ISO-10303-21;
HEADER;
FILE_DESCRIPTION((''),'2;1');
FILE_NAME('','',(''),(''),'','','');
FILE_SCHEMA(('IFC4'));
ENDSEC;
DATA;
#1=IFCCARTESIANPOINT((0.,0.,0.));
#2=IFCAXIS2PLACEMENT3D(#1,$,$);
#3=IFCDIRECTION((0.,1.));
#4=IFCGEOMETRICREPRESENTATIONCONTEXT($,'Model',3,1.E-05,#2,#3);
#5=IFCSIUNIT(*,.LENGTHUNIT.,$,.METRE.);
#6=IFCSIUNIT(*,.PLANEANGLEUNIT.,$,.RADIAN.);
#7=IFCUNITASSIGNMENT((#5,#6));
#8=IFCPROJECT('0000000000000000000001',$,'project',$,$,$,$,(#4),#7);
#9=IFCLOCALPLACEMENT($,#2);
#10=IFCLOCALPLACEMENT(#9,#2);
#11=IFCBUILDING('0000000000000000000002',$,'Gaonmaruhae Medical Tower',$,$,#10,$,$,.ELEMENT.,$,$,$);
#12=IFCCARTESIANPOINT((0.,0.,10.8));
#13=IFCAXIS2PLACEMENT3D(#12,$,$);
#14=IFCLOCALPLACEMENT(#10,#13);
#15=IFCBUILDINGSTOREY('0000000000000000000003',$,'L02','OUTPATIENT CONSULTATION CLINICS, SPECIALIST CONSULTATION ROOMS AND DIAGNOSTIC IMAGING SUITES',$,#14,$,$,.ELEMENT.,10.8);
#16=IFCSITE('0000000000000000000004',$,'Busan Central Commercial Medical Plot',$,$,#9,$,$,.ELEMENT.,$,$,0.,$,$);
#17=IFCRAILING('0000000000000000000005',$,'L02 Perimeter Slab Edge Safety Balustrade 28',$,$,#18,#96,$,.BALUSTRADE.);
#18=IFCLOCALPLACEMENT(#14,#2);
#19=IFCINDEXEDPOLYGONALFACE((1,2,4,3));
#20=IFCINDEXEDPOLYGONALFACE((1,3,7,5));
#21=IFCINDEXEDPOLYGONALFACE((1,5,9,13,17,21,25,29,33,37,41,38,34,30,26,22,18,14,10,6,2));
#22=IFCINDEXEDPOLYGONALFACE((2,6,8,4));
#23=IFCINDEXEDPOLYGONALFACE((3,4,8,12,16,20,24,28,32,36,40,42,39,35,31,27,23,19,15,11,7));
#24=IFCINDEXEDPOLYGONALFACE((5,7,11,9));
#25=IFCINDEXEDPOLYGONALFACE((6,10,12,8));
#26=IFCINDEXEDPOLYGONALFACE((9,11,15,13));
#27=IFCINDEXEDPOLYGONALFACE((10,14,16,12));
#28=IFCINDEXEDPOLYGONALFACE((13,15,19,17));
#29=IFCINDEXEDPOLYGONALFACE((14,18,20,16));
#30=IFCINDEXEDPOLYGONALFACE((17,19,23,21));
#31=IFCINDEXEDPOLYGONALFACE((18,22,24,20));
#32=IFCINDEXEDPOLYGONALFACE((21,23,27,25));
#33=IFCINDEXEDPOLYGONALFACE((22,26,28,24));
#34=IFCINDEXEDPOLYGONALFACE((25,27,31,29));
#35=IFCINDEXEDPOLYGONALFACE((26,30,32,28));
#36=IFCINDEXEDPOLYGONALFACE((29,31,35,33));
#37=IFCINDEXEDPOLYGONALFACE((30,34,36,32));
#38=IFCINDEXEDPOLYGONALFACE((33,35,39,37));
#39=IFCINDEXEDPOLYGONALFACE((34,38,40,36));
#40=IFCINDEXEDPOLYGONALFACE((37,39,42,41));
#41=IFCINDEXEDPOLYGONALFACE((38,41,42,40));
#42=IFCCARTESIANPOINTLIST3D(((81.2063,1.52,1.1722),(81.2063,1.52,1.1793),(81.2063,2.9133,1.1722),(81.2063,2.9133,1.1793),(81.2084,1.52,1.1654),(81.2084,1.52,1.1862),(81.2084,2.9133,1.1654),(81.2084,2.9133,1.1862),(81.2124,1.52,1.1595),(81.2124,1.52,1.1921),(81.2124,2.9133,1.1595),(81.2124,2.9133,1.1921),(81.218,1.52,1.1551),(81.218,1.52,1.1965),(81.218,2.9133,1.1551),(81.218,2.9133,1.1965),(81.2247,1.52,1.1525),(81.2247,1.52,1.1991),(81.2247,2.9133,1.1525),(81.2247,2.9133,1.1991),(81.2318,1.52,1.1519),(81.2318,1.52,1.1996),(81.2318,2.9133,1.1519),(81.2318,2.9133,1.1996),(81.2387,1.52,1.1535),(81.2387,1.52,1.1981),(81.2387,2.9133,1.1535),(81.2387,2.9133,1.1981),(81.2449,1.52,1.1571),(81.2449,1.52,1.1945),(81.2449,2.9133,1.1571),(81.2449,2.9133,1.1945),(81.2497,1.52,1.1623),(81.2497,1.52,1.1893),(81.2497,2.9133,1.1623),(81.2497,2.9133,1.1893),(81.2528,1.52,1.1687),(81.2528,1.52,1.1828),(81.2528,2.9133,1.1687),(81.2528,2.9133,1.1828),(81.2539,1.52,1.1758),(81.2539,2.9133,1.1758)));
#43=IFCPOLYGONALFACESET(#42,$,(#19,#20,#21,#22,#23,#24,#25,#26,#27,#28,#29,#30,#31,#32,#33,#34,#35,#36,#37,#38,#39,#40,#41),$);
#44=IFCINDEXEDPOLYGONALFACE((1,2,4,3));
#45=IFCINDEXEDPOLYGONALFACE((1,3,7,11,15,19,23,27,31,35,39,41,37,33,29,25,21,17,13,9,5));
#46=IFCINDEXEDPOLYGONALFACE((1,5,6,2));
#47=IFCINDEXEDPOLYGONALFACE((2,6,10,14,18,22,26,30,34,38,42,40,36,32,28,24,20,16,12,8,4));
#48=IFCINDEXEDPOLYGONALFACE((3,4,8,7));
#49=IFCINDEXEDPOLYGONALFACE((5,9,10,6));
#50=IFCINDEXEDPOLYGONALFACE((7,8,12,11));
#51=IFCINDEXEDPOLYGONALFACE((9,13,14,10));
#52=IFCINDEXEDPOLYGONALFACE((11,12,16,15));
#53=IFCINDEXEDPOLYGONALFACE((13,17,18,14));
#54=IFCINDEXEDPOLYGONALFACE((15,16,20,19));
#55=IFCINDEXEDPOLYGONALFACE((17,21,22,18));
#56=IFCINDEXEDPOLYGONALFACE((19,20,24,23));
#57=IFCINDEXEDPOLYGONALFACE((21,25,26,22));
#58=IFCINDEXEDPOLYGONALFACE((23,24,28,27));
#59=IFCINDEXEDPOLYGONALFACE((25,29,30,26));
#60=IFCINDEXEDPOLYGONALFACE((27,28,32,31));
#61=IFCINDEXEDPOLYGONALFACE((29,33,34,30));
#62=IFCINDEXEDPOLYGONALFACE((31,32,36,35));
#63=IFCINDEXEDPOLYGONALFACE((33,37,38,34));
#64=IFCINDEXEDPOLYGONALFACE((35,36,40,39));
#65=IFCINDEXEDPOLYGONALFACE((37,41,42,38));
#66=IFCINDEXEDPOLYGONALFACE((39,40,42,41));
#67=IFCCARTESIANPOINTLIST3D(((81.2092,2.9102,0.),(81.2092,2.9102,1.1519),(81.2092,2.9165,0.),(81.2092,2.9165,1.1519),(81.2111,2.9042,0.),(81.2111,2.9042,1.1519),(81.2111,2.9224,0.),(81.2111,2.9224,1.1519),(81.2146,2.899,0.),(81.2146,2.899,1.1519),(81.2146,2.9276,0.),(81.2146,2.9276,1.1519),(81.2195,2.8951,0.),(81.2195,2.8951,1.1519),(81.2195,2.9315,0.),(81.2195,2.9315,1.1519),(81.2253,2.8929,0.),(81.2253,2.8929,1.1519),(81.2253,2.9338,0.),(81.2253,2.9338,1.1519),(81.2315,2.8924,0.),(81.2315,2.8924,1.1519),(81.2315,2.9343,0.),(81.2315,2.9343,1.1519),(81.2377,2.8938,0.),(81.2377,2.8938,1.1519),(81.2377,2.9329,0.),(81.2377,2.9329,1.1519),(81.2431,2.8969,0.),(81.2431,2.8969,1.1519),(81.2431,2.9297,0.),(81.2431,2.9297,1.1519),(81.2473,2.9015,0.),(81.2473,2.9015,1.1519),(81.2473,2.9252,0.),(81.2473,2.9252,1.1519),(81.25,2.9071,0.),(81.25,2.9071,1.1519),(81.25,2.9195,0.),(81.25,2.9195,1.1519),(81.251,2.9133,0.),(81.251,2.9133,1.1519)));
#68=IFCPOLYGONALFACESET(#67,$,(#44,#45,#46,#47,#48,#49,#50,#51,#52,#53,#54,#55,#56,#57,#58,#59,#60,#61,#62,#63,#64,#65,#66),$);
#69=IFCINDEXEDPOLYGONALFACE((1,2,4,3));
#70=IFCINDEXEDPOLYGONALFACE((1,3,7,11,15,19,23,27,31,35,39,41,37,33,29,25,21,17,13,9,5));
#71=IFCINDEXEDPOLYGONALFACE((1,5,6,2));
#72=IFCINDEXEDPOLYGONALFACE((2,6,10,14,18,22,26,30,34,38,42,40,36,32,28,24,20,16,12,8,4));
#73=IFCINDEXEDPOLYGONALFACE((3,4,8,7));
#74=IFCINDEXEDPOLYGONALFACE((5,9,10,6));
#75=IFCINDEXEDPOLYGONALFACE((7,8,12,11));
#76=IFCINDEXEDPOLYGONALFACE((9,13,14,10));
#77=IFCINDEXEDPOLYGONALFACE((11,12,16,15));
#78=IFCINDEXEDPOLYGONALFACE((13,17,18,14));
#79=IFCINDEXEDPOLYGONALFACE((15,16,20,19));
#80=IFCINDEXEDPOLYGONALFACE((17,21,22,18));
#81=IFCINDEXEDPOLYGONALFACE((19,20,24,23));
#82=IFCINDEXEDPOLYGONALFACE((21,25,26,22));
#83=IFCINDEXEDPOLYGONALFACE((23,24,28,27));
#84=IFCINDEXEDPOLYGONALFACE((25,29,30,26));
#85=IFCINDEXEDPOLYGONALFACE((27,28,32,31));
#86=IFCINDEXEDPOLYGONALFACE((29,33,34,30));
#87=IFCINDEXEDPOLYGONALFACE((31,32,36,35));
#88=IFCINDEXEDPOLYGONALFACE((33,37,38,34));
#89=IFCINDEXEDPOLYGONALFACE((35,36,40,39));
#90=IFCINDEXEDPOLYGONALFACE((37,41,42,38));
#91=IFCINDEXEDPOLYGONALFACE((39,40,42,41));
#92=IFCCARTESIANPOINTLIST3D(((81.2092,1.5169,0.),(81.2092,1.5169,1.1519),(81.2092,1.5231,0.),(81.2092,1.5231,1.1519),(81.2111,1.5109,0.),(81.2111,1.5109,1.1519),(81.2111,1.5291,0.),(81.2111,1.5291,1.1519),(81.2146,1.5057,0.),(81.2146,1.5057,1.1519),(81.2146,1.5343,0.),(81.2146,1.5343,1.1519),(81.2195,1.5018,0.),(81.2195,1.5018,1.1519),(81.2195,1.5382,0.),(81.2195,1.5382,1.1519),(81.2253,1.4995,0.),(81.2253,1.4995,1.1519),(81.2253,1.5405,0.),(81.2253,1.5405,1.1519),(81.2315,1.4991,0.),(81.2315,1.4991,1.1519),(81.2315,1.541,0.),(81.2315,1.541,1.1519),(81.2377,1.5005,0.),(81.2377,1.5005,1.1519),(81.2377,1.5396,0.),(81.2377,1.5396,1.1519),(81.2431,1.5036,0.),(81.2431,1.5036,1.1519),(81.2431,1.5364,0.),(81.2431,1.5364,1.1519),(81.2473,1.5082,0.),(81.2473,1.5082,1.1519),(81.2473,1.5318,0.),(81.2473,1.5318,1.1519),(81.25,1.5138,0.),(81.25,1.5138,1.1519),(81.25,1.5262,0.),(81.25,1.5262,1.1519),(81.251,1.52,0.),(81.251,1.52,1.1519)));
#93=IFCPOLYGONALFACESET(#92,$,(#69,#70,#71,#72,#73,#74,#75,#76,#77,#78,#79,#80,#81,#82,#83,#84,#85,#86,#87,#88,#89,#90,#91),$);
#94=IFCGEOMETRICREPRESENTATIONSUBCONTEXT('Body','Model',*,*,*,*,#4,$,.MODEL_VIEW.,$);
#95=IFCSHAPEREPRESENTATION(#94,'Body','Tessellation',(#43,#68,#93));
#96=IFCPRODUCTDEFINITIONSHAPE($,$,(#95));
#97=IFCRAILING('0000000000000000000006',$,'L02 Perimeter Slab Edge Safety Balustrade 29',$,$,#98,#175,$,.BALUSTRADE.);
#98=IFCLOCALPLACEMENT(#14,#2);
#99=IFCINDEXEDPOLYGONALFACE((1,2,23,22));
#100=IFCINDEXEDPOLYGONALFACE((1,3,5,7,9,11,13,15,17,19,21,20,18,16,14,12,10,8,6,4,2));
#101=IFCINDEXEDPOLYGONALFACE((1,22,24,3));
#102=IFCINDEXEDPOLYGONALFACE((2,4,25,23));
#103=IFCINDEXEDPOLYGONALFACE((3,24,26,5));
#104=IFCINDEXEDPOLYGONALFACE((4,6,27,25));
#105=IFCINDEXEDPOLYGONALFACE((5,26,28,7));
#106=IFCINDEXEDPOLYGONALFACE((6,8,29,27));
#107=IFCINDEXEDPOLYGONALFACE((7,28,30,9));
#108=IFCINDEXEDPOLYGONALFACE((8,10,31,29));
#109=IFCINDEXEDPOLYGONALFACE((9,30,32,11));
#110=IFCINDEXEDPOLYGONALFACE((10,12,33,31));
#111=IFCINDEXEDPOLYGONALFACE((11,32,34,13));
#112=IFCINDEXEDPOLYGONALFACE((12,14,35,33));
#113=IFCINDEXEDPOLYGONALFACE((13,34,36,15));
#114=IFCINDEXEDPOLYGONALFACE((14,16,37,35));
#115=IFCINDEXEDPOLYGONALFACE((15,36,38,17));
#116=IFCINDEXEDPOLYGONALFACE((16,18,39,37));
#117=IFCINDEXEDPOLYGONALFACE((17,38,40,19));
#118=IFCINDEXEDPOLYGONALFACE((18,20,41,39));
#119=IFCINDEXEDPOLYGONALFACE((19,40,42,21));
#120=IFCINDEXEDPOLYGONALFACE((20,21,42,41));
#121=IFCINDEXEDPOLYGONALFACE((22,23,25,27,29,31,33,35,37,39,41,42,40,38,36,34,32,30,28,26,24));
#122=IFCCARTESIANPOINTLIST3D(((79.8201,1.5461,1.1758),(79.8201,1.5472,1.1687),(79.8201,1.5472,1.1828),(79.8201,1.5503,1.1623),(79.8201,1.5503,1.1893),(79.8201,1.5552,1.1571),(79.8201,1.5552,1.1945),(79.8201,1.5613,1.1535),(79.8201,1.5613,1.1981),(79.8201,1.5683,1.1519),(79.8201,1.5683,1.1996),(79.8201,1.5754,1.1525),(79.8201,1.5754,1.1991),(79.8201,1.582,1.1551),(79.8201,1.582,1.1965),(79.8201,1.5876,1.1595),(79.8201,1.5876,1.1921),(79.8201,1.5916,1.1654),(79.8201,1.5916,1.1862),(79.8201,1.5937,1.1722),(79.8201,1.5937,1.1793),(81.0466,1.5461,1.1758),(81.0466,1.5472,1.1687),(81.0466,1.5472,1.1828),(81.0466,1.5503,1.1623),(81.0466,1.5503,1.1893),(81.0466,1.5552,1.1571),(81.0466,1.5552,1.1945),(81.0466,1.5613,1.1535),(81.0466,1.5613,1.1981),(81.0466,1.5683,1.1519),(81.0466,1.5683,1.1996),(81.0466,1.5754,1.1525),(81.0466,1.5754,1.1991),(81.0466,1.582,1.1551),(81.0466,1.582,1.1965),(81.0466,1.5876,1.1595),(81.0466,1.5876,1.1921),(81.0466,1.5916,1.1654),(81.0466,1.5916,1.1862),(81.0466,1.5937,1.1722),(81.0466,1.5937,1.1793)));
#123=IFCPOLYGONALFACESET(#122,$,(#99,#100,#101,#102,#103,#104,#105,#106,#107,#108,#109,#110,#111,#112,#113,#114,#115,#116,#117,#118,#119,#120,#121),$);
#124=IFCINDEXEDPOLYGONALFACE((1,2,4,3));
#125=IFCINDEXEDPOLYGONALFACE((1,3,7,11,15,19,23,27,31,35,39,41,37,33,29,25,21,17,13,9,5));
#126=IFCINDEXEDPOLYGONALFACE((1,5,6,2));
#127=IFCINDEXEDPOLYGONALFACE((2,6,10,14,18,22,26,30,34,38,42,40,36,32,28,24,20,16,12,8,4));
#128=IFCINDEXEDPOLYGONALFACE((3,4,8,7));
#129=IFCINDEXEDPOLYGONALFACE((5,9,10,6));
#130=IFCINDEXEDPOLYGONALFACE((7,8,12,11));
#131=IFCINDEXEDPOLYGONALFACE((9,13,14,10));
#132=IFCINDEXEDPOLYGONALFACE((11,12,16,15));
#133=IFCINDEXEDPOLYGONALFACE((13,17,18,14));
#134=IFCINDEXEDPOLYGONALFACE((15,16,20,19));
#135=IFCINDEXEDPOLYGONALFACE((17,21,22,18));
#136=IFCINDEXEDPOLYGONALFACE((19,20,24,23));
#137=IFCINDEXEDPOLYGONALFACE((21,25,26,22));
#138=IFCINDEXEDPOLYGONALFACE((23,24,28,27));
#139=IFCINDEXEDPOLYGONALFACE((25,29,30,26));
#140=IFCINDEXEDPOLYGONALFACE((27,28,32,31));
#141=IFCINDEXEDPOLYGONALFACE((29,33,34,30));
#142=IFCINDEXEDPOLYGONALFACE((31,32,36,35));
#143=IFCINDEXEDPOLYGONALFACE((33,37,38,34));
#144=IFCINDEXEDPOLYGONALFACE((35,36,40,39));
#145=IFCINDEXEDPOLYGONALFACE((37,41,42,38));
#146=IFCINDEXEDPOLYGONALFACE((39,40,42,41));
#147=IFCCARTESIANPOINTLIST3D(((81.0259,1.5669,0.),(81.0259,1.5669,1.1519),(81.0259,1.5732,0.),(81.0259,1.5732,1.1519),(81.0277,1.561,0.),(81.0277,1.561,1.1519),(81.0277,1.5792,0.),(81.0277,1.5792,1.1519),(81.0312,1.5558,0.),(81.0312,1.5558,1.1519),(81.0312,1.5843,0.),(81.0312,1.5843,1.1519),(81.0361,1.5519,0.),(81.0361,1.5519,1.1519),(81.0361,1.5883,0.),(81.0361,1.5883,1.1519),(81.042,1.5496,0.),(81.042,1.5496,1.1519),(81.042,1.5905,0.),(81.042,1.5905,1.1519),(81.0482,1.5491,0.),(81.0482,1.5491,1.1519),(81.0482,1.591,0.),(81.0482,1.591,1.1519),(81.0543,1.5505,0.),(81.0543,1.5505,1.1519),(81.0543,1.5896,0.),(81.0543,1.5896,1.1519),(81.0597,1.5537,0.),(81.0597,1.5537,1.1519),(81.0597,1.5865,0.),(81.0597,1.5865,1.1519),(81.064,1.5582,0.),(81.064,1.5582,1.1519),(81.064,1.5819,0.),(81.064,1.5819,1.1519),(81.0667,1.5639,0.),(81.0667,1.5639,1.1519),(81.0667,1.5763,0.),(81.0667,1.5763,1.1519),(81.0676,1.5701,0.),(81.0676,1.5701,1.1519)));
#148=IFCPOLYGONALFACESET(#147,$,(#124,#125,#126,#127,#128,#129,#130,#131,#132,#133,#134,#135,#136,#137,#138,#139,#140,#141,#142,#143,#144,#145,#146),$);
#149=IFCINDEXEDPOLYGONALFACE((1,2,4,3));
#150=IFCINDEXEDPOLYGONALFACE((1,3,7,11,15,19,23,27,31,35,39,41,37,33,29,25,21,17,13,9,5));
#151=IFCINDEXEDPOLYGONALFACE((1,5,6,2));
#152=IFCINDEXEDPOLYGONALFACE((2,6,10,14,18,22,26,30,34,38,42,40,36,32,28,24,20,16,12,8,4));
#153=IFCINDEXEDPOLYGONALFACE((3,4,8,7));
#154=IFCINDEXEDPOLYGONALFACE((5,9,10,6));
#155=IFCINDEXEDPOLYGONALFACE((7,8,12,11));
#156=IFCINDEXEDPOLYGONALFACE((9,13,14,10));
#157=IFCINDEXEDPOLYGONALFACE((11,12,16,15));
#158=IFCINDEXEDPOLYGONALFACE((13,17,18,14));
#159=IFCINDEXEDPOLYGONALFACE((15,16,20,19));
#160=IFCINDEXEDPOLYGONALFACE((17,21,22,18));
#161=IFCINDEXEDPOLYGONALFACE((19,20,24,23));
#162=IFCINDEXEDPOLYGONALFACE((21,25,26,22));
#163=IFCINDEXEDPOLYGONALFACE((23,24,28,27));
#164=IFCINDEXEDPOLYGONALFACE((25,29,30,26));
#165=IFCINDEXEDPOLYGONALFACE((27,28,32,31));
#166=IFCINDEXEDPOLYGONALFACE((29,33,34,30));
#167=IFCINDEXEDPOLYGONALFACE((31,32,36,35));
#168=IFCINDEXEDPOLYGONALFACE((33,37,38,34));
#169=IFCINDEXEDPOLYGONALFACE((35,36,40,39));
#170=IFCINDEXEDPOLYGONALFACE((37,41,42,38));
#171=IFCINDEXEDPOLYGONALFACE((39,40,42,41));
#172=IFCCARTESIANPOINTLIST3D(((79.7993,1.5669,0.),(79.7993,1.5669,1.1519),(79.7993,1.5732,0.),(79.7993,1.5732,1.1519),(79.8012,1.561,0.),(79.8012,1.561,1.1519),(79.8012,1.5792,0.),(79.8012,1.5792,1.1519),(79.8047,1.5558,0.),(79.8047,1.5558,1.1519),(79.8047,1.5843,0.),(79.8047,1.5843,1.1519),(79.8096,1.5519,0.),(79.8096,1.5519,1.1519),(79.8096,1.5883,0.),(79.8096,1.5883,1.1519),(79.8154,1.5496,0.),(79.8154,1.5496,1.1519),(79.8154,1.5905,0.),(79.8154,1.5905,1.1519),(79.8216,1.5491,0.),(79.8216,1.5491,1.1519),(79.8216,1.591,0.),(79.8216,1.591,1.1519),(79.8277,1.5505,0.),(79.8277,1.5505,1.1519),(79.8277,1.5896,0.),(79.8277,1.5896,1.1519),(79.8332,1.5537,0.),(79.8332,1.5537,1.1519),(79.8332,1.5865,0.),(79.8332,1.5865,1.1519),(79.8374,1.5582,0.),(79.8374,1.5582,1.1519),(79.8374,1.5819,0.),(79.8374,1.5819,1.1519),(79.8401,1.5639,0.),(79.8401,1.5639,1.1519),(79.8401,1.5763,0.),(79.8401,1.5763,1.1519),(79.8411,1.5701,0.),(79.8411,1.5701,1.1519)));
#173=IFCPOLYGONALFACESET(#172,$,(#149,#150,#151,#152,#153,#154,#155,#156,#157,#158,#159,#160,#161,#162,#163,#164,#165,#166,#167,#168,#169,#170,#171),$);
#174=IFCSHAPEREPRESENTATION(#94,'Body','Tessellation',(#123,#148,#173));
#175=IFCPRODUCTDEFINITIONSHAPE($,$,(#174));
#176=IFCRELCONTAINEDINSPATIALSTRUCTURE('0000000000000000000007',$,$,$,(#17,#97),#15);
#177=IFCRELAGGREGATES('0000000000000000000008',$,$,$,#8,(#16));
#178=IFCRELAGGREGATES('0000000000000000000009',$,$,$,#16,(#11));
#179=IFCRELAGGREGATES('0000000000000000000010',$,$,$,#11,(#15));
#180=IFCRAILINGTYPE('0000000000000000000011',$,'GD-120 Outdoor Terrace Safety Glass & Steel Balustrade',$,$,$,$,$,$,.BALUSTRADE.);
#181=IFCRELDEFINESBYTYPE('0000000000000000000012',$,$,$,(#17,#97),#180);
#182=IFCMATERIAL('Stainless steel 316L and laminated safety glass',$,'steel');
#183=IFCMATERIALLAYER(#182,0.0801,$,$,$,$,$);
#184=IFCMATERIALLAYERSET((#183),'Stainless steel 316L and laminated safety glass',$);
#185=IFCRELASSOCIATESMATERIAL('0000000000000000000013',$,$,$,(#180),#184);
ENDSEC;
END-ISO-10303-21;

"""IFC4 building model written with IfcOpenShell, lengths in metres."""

from ifc_helpers import new_model, si_unit, direction, frame, origin, origin_2d, place, context, subcontext, project, spatial, circle, extrude, material, layer, layer_set, type_object, element, save


model = new_model("IFC4")

# Units and contexts
model_context = context("Model", 3, precision=1e-05, world=origin(), true_north=direction((0.0, 1.0)))
body_context = subcontext(model_context, "Body", "Model", "MODEL_VIEW")
ifc_project = project(units=[si_unit("LENGTHUNIT", "METRE"), si_unit("PLANEANGLEUNIT", "RADIAN")], contexts=[model_context])

# Site, building, storey
site_placement = place(None, origin())
site = spatial("IfcSite", under=ifc_project, at=site_placement, Name="Busan Central Commercial Medical Plot", CompositionType="ELEMENT", RefElevation=0.0)
building_placement = place(site_placement, origin())
building = spatial("IfcBuilding", under=site, at=building_placement, Name="Gaonmaruhae Medical Tower", CompositionType="ELEMENT")
storey_placement = place(building_placement, frame((0.0, 0.0, 10.8)))
storey = spatial("IfcBuildingStorey", under=building, at=storey_placement, Name="L02", Description="OUTPATIENT CONSULTATION CLINICS, SPECIALIST CONSULTATION ROOMS AND DIAGNOSTIC IMAGING SUITES", CompositionType="ELEMENT", Elevation=10.8)

# Railings
ifc_material_1 = material(Name="Stainless steel 316L and laminated safety glass", Category="steel")
ifc_layer_1 = layer(ifc_material_1, 0.0801)
ifc_layer_set_1 = layer_set([ifc_layer_1], Name="Stainless steel 316L and laminated safety glass")
railing_type = type_object("IfcRailingType", Name="GD-120 Outdoor Terrace Safety Glass & Steel Balustrade", PredefinedType="BALUSTRADE", material=ifc_layer_set_1)
railing_1_placement = place(storey_placement, frame((81.23, 2.9133, 0.0)))
element("IfcRailing", 1, at=railing_1_placement, inside=storey, type_object=railing_type, Name="L02 Perimeter Slab Edge Safety Balustrade 28", PredefinedType="BALUSTRADE", context=body_context, shape_type="SweptSolid", body=[
    extrude(circle(Radius=0.0239, at=origin_2d()), frame((0.0, 0.0, 1.1758), z_axis=(0.0, -1.0, 0.0), x_axis=(1.0, 0.0, 0.0)), (0.0, 0.0, 1.0), 1.3933),
    extrude(circle(Radius=0.021, at=origin_2d()), origin(), (0.0, 0.0, 1.0), 1.1519),
    extrude(circle(Radius=0.021, at=origin_2d()), frame((0.0, -1.3933, 0.0)), (0.0, 0.0, 1.0), 1.1519),
])
railing_2_placement = place(storey_placement, frame((81.0466, 1.5701, 0.0)))
element("IfcRailing", 2, at=railing_2_placement, inside=storey, type_object=railing_type, Name="L02 Perimeter Slab Edge Safety Balustrade 29", PredefinedType="BALUSTRADE", context=body_context, shape_type="SweptSolid", body=[
    extrude(circle(Radius=0.0239, at=origin_2d()), frame((0.0, 0.0, 1.1758), z_axis=(-1.0, 0.0, 0.0), x_axis=(0.0, -1.0, 0.0)), (0.0, 0.0, 1.0), 1.2266),
    extrude(circle(Radius=0.021, at=origin_2d()), origin(), (0.0, 0.0, 1.0), 1.1519),
    extrude(circle(Radius=0.021, at=origin_2d()), frame((-1.2266, 0.0, 0.0)), (0.0, 0.0, 1.0), 1.1519),
])

save(model, "model.ifc")
